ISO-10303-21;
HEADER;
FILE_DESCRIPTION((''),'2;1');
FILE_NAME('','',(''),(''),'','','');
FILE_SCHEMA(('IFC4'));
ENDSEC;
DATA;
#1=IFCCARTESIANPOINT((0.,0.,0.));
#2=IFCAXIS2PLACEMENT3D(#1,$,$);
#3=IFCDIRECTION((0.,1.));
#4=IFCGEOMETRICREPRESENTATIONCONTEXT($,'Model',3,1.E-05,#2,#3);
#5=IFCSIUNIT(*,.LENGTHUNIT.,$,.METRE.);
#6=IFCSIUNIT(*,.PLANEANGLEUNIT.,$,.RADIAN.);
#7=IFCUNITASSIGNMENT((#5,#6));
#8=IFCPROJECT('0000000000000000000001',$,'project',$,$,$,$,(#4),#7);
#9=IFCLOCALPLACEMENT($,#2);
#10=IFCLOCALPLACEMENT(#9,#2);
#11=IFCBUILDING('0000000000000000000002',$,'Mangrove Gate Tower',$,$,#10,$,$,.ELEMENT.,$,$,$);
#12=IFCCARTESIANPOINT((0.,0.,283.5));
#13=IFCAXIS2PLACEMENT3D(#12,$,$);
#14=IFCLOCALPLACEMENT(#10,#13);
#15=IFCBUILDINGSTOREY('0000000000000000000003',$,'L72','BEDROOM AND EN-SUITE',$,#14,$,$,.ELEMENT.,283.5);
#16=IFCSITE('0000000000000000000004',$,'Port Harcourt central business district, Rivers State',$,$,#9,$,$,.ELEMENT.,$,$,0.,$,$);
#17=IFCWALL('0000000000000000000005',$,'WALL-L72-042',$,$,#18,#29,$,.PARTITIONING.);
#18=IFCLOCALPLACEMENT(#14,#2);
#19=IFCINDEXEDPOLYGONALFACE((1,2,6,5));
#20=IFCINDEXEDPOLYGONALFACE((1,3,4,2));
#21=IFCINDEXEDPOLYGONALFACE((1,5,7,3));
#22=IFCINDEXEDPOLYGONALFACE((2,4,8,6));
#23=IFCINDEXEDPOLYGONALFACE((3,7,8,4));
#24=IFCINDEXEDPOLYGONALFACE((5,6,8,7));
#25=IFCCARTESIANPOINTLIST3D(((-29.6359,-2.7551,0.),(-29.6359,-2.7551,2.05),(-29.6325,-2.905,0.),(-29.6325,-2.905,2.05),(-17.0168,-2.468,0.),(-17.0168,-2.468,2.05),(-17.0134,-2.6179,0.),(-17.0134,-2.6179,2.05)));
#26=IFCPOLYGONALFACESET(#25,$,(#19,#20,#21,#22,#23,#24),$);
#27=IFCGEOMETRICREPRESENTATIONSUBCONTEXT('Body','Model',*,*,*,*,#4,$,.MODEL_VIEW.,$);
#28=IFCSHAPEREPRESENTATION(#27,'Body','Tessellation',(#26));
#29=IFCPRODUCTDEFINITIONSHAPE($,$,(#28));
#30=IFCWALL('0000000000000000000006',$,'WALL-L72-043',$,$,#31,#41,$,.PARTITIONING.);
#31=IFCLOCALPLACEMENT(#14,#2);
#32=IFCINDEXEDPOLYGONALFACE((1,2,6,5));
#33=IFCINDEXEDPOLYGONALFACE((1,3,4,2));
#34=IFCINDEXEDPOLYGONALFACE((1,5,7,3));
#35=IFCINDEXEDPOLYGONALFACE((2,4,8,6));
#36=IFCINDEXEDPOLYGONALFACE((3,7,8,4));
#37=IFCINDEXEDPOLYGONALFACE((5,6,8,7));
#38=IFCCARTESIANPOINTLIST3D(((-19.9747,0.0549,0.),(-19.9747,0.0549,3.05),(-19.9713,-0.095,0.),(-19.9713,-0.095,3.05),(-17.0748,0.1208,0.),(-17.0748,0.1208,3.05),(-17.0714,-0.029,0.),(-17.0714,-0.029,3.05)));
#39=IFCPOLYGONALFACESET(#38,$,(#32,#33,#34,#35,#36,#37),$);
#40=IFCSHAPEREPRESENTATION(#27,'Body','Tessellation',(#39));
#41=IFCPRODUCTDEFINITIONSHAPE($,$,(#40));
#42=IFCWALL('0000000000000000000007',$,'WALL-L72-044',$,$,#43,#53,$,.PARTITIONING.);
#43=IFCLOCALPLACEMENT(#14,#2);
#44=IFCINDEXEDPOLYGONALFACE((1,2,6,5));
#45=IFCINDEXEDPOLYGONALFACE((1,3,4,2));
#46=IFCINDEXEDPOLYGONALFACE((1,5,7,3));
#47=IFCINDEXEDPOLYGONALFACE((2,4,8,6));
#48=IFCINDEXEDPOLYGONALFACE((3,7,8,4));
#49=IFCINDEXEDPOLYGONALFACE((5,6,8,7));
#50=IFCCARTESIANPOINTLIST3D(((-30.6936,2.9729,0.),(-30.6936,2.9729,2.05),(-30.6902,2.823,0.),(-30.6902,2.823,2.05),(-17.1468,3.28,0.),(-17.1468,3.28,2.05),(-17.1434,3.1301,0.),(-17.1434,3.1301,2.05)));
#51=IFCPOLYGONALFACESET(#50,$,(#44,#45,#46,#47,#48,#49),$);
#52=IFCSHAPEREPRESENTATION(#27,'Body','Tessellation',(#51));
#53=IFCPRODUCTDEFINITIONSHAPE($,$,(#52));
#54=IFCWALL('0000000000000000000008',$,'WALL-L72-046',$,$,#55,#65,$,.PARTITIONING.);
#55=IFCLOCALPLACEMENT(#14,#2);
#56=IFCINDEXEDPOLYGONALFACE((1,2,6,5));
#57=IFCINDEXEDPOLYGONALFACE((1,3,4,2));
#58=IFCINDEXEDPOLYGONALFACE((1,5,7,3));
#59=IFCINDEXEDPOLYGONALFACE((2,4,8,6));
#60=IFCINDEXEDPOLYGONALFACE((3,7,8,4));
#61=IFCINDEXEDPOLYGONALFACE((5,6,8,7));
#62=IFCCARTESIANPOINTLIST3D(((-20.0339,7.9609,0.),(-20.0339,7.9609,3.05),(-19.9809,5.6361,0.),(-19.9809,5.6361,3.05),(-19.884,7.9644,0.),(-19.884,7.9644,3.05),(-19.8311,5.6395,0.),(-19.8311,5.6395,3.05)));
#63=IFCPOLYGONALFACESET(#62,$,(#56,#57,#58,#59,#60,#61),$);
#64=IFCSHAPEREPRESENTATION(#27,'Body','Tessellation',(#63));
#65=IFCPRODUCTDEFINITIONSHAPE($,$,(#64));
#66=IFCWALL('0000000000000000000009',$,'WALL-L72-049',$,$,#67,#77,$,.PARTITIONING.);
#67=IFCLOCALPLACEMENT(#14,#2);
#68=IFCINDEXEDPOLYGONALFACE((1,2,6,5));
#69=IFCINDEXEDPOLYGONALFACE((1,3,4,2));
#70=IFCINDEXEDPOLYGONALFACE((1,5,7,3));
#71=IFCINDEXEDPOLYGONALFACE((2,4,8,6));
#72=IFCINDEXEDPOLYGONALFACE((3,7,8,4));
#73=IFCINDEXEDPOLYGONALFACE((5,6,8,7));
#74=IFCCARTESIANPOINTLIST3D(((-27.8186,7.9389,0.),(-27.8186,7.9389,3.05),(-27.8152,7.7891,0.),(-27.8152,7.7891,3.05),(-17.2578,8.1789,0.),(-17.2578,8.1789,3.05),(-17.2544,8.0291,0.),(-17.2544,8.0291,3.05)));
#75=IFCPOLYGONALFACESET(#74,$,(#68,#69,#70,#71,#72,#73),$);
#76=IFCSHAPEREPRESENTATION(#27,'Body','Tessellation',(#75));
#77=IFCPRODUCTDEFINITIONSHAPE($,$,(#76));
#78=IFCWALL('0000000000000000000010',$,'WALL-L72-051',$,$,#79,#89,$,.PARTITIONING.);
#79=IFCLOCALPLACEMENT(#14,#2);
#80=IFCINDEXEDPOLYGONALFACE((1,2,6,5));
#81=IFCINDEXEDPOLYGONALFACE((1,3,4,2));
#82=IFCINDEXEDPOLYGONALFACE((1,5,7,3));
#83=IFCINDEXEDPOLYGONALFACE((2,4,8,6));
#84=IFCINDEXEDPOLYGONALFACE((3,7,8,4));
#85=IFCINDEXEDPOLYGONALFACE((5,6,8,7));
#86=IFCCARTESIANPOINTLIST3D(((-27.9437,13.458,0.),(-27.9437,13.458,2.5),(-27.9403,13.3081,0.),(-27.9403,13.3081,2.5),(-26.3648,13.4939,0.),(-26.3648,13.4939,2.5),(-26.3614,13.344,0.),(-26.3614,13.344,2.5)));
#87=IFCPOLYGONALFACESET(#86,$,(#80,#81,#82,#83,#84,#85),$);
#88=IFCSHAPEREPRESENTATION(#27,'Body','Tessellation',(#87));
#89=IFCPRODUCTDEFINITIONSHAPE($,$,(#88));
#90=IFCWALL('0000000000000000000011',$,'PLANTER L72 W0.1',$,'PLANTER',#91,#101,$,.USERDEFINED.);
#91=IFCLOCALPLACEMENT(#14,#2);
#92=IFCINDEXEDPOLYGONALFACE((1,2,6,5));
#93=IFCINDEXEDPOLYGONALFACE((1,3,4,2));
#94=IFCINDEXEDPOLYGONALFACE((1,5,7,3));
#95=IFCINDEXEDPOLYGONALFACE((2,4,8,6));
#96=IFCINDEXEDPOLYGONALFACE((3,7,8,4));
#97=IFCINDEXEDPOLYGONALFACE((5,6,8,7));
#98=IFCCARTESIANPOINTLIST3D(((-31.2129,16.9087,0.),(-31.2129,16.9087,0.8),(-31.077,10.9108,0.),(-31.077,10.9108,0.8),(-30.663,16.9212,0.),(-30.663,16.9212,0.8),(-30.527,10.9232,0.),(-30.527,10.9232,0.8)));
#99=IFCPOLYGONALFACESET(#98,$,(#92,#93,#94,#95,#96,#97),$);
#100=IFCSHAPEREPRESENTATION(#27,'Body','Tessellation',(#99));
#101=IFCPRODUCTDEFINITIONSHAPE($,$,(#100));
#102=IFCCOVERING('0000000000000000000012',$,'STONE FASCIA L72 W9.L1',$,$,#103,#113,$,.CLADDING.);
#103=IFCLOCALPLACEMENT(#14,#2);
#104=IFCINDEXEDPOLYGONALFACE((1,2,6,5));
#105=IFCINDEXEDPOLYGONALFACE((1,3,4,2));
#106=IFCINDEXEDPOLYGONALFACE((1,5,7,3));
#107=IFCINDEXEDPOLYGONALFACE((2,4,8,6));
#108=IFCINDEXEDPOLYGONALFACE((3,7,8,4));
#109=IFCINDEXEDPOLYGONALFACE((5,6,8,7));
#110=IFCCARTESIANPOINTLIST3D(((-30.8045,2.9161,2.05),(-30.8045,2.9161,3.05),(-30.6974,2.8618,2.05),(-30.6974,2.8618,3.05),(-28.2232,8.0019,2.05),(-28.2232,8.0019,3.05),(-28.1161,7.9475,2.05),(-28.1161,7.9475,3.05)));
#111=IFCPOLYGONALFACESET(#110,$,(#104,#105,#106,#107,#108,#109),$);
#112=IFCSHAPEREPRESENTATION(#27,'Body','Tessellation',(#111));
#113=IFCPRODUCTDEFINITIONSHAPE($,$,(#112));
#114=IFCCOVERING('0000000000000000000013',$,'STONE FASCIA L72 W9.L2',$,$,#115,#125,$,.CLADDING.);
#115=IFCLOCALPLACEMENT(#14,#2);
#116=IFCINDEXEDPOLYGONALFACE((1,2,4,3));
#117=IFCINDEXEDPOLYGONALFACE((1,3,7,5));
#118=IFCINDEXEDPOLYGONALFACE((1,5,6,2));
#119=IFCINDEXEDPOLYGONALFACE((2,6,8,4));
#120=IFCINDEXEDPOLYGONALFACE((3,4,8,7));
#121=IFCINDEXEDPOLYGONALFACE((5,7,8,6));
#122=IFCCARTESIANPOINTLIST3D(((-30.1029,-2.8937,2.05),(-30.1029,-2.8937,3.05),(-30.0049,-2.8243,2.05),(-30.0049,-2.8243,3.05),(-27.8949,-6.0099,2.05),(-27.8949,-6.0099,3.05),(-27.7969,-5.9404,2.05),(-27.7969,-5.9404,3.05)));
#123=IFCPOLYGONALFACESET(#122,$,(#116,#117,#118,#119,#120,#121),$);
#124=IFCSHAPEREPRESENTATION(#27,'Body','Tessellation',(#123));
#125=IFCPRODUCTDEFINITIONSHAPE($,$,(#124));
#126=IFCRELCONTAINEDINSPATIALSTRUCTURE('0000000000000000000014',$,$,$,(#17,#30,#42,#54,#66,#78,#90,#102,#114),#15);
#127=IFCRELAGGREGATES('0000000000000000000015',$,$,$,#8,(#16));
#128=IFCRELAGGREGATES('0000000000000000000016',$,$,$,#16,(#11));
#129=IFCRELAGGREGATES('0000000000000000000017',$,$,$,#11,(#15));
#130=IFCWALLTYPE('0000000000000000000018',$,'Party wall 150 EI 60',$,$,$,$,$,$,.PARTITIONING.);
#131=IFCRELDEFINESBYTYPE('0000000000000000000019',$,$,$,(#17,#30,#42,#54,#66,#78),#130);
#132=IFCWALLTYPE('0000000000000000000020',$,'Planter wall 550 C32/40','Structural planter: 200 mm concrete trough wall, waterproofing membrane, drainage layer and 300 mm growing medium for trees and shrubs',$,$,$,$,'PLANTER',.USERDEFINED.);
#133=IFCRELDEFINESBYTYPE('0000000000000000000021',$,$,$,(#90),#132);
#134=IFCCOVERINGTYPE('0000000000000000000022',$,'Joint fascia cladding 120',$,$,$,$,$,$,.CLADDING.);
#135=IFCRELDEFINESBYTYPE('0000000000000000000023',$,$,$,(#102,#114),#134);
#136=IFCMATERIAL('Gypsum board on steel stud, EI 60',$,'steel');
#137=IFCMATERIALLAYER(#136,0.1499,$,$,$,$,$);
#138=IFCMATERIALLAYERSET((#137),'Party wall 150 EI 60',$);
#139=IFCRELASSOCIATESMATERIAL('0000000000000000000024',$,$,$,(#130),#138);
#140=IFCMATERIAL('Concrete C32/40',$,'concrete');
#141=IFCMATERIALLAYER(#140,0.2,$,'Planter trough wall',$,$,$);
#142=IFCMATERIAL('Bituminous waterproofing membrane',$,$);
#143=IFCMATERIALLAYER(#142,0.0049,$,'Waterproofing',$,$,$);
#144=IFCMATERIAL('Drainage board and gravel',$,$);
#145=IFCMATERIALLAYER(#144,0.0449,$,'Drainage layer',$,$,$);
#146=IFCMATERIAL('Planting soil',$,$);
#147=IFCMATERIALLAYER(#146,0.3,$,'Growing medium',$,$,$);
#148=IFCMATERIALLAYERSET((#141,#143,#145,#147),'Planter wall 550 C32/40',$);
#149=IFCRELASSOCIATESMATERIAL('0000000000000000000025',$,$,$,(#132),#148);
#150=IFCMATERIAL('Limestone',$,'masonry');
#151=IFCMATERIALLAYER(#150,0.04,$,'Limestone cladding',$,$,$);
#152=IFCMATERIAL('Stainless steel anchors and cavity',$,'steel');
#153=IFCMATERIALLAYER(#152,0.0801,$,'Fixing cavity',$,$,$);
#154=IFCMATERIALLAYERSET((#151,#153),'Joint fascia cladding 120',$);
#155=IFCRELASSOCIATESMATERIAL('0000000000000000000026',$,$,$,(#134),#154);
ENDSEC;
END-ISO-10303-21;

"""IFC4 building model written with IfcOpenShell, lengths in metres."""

from ifc_helpers import new_model, si_unit, direction, frame, frame_2d, origin, place, context, subcontext, project, spatial, rectangle, extrude, material, layer, layer_set, type_object, element, save


model = new_model("IFC4")

# Units and contexts
model_context = context("Model", 3, precision=1e-05, world=origin(), true_north=direction((0.0, 1.0)))
body_context = subcontext(model_context, "Body", "Model", "MODEL_VIEW")
ifc_project = project(units=[si_unit("LENGTHUNIT", "METRE"), si_unit("PLANEANGLEUNIT", "RADIAN")], contexts=[model_context])

# Site, building, storey
site_placement = place(None, origin())
site = spatial("IfcSite", under=ifc_project, at=site_placement, Name="Port Harcourt central business district, Rivers State", CompositionType="ELEMENT", RefElevation=0.0)
building_placement = place(site_placement, origin())
building = spatial("IfcBuilding", under=site, at=building_placement, Name="Mangrove Gate Tower", CompositionType="ELEMENT")
storey_placement = place(building_placement, frame((0.0, 0.0, 283.5)))
storey = spatial("IfcBuildingStorey", under=building, at=storey_placement, Name="L72", Description="BEDROOM AND EN-SUITE", CompositionType="ELEMENT", Elevation=283.5)

# Shared definitions
ifc_material_1 = material(Name="Limestone", Category="masonry")

# Walls
ifc_material_2 = material(Name="Gypsum board on steel stud, EI 60", Category="steel")
ifc_layer_1 = layer(ifc_material_2, 0.1499)
ifc_layer_set_1 = layer_set([ifc_layer_1], Name="Party wall 150 EI 60")
wall_type_1 = type_object("IfcWallType", Name="Party wall 150 EI 60", PredefinedType="PARTITIONING", material=ifc_layer_set_1)
wall_1_placement = place(storey_placement, frame((-29.634, -2.8301, 0.0), z_axis=(0.0, 0.0, 1.0), x_axis=(0.999741, 0.022746, 0.0)))
element("IfcWall", 1, at=wall_1_placement, inside=storey, type_object=wall_type_1, Name="WALL-L72-042", PredefinedType="PARTITIONING", context=body_context, shape_type="SweptSolid", body=[
    extrude(rectangle(XDim=12.6223, YDim=0.1499, at=frame_2d((6.311, 0.0))), origin(), (0.0, 0.0, 1.0), 2.05),
])
wall_2_placement = place(storey_placement, frame((-19.9729, -0.02, 0.0), z_axis=(0.0, 0.0, 1.0), x_axis=(0.999742, 0.022725, 0.0)))
element("IfcWall", 2, at=wall_2_placement, inside=storey, type_object=wall_type_1, Name="WALL-L72-043", PredefinedType="PARTITIONING", context=body_context, shape_type="SweptSolid", body=[
    extrude(rectangle(XDim=2.9006, YDim=0.1499, at=frame_2d((1.4502, 0.0))), origin(), (0.0, 0.0, 1.0), 3.05),
])
wall_3_placement = place(storey_placement, frame((-30.6919, 2.8979, 0.0), z_axis=(0.0, 0.0, 1.0), x_axis=(0.999743, 0.022666, 0.0)))
element("IfcWall", 3, at=wall_3_placement, inside=storey, type_object=wall_type_1, Name="WALL-L72-044", PredefinedType="PARTITIONING", context=body_context, shape_type="SweptSolid", body=[
    extrude(rectangle(XDim=13.5503, YDim=0.1499, at=frame_2d((6.7751, 0.0))), origin(), (0.0, 0.0, 1.0), 2.05),
])
wall_4_placement = place(storey_placement, frame((-19.906, 5.6379, 0.0), z_axis=(0.0, 0.0, 1.0), x_axis=(-0.022781, 0.99974, 0.0)))
element("IfcWall", 4, at=wall_4_placement, inside=storey, type_object=wall_type_1, Name="WALL-L72-046", PredefinedType="PARTITIONING", context=body_context, shape_type="SweptSolid", body=[
    extrude(rectangle(XDim=2.3254, YDim=0.1499, at=frame_2d((1.1626, 0.0))), origin(), (0.0, 0.0, 1.0), 3.05),
])
wall_5_placement = place(storey_placement, frame((-27.8169, 7.864, 0.0), z_axis=(0.0, 0.0, 1.0), x_axis=(0.999742, 0.022719, 0.0)))
element("IfcWall", 5, at=wall_5_placement, inside=storey, type_object=wall_type_1, Name="WALL-L72-049", PredefinedType="PARTITIONING", context=body_context, shape_type="SweptSolid", body=[
    extrude(rectangle(XDim=10.5635, YDim=0.1499, at=frame_2d((5.2817, 0.0))), origin(), (0.0, 0.0, 1.0), 3.05),
])
wall_6_placement = place(storey_placement, frame((-27.9419, 13.3831, 0.0), z_axis=(0.0, 0.0, 1.0), x_axis=(0.999742, 0.022725, 0.0)))
element("IfcWall", 6, at=wall_6_placement, inside=storey, type_object=wall_type_1, Name="WALL-L72-051", PredefinedType="PARTITIONING", context=body_context, shape_type="SweptSolid", body=[
    extrude(rectangle(XDim=1.5793, YDim=0.1499, at=frame_2d((0.7896, 0.0))), origin(), (0.0, 0.0, 1.0), 2.5),
])
ifc_material_3 = material(Name="Concrete C32/40", Category="concrete")
ifc_layer_2 = layer(ifc_material_3, 0.2, Name="Planter trough wall")
ifc_material_4 = material(Name="Bituminous waterproofing membrane")
ifc_layer_3 = layer(ifc_material_4, 0.0049, Name="Waterproofing")
ifc_material_5 = material(Name="Drainage board and gravel")
ifc_layer_4 = layer(ifc_material_5, 0.0449, Name="Drainage layer")
ifc_material_6 = material(Name="Planting soil")
ifc_layer_5 = layer(ifc_material_6, 0.3, Name="Growing medium")
ifc_layer_set_2 = layer_set([ifc_layer_2, ifc_layer_3, ifc_layer_4, ifc_layer_5], Name="Planter wall 550 C32/40")
wall_type_2 = type_object("IfcWallType", Name="Planter wall 550 C32/40", Description="Structural planter: 200 mm concrete trough wall, waterproofing membrane, drainage layer and 300 mm growing medium for trees and shrubs", ElementType="PLANTER", PredefinedType="USERDEFINED", material=ifc_layer_set_2)
wall_7_placement = place(storey_placement, frame((-30.802, 10.917, 0.0), z_axis=(0.0, 0.0, 1.0), x_axis=(-0.022666, 0.999743, 0.0)))
element("IfcWall", 7, at=wall_7_placement, inside=storey, type_object=wall_type_2, Name="PLANTER L72 W0.1", ObjectType="PLANTER", PredefinedType="USERDEFINED", context=body_context, shape_type="SweptSolid", body=[
    extrude(rectangle(XDim=5.9995, YDim=0.55, at=frame_2d((2.9998, 0.0))), origin(), (0.0, 0.0, 1.0), 0.8),
])

# Coverings
ifc_layer_6 = layer(ifc_material_1, 0.04, Name="Limestone cladding")
ifc_material_7 = material(Name="Stainless steel anchors and cavity", Category="steel")
ifc_layer_7 = layer(ifc_material_7, 0.0801, Name="Fixing cavity")
ifc_layer_set_3 = layer_set([ifc_layer_6, ifc_layer_7], Name="Joint fascia cladding 120")
covering_type = type_object("IfcCoveringType", Name="Joint fascia cladding 120", PredefinedType="CLADDING", material=ifc_layer_set_3)
covering_1_placement = place(storey_placement, frame((-28.1697, 7.9746, 2.05), z_axis=(0.0, 0.0, 1.0), x_axis=(-0.452599, -0.891714, 0.0)))
element("IfcCovering", 8, at=covering_1_placement, inside=storey, type_object=covering_type, Name="STONE FASCIA L72 W9.L1", PredefinedType="CLADDING", context=body_context, shape_type="SweptSolid", body=[
    extrude(rectangle(XDim=5.7034, YDim=0.1201, at=frame_2d((2.8516, 0.0))), origin(), (0.0, 0.0, 1.0), 1.0),
])
covering_2_placement = place(storey_placement, frame((-30.054, -2.8589, 2.05), z_axis=(0.0, 0.0, 1.0), x_axis=(0.578138, -0.815939, 0.0)))
element("IfcCovering", 9, at=covering_2_placement, inside=storey, type_object=covering_type, Name="STONE FASCIA L72 W9.L2", PredefinedType="CLADDING", context=body_context, shape_type="SweptSolid", body=[
    extrude(rectangle(XDim=3.8191, YDim=0.1201, at=frame_2d((1.9097, 0.0))), origin(), (0.0, 0.0, 1.0), 1.0),
])

save(model, "model.ifc")
